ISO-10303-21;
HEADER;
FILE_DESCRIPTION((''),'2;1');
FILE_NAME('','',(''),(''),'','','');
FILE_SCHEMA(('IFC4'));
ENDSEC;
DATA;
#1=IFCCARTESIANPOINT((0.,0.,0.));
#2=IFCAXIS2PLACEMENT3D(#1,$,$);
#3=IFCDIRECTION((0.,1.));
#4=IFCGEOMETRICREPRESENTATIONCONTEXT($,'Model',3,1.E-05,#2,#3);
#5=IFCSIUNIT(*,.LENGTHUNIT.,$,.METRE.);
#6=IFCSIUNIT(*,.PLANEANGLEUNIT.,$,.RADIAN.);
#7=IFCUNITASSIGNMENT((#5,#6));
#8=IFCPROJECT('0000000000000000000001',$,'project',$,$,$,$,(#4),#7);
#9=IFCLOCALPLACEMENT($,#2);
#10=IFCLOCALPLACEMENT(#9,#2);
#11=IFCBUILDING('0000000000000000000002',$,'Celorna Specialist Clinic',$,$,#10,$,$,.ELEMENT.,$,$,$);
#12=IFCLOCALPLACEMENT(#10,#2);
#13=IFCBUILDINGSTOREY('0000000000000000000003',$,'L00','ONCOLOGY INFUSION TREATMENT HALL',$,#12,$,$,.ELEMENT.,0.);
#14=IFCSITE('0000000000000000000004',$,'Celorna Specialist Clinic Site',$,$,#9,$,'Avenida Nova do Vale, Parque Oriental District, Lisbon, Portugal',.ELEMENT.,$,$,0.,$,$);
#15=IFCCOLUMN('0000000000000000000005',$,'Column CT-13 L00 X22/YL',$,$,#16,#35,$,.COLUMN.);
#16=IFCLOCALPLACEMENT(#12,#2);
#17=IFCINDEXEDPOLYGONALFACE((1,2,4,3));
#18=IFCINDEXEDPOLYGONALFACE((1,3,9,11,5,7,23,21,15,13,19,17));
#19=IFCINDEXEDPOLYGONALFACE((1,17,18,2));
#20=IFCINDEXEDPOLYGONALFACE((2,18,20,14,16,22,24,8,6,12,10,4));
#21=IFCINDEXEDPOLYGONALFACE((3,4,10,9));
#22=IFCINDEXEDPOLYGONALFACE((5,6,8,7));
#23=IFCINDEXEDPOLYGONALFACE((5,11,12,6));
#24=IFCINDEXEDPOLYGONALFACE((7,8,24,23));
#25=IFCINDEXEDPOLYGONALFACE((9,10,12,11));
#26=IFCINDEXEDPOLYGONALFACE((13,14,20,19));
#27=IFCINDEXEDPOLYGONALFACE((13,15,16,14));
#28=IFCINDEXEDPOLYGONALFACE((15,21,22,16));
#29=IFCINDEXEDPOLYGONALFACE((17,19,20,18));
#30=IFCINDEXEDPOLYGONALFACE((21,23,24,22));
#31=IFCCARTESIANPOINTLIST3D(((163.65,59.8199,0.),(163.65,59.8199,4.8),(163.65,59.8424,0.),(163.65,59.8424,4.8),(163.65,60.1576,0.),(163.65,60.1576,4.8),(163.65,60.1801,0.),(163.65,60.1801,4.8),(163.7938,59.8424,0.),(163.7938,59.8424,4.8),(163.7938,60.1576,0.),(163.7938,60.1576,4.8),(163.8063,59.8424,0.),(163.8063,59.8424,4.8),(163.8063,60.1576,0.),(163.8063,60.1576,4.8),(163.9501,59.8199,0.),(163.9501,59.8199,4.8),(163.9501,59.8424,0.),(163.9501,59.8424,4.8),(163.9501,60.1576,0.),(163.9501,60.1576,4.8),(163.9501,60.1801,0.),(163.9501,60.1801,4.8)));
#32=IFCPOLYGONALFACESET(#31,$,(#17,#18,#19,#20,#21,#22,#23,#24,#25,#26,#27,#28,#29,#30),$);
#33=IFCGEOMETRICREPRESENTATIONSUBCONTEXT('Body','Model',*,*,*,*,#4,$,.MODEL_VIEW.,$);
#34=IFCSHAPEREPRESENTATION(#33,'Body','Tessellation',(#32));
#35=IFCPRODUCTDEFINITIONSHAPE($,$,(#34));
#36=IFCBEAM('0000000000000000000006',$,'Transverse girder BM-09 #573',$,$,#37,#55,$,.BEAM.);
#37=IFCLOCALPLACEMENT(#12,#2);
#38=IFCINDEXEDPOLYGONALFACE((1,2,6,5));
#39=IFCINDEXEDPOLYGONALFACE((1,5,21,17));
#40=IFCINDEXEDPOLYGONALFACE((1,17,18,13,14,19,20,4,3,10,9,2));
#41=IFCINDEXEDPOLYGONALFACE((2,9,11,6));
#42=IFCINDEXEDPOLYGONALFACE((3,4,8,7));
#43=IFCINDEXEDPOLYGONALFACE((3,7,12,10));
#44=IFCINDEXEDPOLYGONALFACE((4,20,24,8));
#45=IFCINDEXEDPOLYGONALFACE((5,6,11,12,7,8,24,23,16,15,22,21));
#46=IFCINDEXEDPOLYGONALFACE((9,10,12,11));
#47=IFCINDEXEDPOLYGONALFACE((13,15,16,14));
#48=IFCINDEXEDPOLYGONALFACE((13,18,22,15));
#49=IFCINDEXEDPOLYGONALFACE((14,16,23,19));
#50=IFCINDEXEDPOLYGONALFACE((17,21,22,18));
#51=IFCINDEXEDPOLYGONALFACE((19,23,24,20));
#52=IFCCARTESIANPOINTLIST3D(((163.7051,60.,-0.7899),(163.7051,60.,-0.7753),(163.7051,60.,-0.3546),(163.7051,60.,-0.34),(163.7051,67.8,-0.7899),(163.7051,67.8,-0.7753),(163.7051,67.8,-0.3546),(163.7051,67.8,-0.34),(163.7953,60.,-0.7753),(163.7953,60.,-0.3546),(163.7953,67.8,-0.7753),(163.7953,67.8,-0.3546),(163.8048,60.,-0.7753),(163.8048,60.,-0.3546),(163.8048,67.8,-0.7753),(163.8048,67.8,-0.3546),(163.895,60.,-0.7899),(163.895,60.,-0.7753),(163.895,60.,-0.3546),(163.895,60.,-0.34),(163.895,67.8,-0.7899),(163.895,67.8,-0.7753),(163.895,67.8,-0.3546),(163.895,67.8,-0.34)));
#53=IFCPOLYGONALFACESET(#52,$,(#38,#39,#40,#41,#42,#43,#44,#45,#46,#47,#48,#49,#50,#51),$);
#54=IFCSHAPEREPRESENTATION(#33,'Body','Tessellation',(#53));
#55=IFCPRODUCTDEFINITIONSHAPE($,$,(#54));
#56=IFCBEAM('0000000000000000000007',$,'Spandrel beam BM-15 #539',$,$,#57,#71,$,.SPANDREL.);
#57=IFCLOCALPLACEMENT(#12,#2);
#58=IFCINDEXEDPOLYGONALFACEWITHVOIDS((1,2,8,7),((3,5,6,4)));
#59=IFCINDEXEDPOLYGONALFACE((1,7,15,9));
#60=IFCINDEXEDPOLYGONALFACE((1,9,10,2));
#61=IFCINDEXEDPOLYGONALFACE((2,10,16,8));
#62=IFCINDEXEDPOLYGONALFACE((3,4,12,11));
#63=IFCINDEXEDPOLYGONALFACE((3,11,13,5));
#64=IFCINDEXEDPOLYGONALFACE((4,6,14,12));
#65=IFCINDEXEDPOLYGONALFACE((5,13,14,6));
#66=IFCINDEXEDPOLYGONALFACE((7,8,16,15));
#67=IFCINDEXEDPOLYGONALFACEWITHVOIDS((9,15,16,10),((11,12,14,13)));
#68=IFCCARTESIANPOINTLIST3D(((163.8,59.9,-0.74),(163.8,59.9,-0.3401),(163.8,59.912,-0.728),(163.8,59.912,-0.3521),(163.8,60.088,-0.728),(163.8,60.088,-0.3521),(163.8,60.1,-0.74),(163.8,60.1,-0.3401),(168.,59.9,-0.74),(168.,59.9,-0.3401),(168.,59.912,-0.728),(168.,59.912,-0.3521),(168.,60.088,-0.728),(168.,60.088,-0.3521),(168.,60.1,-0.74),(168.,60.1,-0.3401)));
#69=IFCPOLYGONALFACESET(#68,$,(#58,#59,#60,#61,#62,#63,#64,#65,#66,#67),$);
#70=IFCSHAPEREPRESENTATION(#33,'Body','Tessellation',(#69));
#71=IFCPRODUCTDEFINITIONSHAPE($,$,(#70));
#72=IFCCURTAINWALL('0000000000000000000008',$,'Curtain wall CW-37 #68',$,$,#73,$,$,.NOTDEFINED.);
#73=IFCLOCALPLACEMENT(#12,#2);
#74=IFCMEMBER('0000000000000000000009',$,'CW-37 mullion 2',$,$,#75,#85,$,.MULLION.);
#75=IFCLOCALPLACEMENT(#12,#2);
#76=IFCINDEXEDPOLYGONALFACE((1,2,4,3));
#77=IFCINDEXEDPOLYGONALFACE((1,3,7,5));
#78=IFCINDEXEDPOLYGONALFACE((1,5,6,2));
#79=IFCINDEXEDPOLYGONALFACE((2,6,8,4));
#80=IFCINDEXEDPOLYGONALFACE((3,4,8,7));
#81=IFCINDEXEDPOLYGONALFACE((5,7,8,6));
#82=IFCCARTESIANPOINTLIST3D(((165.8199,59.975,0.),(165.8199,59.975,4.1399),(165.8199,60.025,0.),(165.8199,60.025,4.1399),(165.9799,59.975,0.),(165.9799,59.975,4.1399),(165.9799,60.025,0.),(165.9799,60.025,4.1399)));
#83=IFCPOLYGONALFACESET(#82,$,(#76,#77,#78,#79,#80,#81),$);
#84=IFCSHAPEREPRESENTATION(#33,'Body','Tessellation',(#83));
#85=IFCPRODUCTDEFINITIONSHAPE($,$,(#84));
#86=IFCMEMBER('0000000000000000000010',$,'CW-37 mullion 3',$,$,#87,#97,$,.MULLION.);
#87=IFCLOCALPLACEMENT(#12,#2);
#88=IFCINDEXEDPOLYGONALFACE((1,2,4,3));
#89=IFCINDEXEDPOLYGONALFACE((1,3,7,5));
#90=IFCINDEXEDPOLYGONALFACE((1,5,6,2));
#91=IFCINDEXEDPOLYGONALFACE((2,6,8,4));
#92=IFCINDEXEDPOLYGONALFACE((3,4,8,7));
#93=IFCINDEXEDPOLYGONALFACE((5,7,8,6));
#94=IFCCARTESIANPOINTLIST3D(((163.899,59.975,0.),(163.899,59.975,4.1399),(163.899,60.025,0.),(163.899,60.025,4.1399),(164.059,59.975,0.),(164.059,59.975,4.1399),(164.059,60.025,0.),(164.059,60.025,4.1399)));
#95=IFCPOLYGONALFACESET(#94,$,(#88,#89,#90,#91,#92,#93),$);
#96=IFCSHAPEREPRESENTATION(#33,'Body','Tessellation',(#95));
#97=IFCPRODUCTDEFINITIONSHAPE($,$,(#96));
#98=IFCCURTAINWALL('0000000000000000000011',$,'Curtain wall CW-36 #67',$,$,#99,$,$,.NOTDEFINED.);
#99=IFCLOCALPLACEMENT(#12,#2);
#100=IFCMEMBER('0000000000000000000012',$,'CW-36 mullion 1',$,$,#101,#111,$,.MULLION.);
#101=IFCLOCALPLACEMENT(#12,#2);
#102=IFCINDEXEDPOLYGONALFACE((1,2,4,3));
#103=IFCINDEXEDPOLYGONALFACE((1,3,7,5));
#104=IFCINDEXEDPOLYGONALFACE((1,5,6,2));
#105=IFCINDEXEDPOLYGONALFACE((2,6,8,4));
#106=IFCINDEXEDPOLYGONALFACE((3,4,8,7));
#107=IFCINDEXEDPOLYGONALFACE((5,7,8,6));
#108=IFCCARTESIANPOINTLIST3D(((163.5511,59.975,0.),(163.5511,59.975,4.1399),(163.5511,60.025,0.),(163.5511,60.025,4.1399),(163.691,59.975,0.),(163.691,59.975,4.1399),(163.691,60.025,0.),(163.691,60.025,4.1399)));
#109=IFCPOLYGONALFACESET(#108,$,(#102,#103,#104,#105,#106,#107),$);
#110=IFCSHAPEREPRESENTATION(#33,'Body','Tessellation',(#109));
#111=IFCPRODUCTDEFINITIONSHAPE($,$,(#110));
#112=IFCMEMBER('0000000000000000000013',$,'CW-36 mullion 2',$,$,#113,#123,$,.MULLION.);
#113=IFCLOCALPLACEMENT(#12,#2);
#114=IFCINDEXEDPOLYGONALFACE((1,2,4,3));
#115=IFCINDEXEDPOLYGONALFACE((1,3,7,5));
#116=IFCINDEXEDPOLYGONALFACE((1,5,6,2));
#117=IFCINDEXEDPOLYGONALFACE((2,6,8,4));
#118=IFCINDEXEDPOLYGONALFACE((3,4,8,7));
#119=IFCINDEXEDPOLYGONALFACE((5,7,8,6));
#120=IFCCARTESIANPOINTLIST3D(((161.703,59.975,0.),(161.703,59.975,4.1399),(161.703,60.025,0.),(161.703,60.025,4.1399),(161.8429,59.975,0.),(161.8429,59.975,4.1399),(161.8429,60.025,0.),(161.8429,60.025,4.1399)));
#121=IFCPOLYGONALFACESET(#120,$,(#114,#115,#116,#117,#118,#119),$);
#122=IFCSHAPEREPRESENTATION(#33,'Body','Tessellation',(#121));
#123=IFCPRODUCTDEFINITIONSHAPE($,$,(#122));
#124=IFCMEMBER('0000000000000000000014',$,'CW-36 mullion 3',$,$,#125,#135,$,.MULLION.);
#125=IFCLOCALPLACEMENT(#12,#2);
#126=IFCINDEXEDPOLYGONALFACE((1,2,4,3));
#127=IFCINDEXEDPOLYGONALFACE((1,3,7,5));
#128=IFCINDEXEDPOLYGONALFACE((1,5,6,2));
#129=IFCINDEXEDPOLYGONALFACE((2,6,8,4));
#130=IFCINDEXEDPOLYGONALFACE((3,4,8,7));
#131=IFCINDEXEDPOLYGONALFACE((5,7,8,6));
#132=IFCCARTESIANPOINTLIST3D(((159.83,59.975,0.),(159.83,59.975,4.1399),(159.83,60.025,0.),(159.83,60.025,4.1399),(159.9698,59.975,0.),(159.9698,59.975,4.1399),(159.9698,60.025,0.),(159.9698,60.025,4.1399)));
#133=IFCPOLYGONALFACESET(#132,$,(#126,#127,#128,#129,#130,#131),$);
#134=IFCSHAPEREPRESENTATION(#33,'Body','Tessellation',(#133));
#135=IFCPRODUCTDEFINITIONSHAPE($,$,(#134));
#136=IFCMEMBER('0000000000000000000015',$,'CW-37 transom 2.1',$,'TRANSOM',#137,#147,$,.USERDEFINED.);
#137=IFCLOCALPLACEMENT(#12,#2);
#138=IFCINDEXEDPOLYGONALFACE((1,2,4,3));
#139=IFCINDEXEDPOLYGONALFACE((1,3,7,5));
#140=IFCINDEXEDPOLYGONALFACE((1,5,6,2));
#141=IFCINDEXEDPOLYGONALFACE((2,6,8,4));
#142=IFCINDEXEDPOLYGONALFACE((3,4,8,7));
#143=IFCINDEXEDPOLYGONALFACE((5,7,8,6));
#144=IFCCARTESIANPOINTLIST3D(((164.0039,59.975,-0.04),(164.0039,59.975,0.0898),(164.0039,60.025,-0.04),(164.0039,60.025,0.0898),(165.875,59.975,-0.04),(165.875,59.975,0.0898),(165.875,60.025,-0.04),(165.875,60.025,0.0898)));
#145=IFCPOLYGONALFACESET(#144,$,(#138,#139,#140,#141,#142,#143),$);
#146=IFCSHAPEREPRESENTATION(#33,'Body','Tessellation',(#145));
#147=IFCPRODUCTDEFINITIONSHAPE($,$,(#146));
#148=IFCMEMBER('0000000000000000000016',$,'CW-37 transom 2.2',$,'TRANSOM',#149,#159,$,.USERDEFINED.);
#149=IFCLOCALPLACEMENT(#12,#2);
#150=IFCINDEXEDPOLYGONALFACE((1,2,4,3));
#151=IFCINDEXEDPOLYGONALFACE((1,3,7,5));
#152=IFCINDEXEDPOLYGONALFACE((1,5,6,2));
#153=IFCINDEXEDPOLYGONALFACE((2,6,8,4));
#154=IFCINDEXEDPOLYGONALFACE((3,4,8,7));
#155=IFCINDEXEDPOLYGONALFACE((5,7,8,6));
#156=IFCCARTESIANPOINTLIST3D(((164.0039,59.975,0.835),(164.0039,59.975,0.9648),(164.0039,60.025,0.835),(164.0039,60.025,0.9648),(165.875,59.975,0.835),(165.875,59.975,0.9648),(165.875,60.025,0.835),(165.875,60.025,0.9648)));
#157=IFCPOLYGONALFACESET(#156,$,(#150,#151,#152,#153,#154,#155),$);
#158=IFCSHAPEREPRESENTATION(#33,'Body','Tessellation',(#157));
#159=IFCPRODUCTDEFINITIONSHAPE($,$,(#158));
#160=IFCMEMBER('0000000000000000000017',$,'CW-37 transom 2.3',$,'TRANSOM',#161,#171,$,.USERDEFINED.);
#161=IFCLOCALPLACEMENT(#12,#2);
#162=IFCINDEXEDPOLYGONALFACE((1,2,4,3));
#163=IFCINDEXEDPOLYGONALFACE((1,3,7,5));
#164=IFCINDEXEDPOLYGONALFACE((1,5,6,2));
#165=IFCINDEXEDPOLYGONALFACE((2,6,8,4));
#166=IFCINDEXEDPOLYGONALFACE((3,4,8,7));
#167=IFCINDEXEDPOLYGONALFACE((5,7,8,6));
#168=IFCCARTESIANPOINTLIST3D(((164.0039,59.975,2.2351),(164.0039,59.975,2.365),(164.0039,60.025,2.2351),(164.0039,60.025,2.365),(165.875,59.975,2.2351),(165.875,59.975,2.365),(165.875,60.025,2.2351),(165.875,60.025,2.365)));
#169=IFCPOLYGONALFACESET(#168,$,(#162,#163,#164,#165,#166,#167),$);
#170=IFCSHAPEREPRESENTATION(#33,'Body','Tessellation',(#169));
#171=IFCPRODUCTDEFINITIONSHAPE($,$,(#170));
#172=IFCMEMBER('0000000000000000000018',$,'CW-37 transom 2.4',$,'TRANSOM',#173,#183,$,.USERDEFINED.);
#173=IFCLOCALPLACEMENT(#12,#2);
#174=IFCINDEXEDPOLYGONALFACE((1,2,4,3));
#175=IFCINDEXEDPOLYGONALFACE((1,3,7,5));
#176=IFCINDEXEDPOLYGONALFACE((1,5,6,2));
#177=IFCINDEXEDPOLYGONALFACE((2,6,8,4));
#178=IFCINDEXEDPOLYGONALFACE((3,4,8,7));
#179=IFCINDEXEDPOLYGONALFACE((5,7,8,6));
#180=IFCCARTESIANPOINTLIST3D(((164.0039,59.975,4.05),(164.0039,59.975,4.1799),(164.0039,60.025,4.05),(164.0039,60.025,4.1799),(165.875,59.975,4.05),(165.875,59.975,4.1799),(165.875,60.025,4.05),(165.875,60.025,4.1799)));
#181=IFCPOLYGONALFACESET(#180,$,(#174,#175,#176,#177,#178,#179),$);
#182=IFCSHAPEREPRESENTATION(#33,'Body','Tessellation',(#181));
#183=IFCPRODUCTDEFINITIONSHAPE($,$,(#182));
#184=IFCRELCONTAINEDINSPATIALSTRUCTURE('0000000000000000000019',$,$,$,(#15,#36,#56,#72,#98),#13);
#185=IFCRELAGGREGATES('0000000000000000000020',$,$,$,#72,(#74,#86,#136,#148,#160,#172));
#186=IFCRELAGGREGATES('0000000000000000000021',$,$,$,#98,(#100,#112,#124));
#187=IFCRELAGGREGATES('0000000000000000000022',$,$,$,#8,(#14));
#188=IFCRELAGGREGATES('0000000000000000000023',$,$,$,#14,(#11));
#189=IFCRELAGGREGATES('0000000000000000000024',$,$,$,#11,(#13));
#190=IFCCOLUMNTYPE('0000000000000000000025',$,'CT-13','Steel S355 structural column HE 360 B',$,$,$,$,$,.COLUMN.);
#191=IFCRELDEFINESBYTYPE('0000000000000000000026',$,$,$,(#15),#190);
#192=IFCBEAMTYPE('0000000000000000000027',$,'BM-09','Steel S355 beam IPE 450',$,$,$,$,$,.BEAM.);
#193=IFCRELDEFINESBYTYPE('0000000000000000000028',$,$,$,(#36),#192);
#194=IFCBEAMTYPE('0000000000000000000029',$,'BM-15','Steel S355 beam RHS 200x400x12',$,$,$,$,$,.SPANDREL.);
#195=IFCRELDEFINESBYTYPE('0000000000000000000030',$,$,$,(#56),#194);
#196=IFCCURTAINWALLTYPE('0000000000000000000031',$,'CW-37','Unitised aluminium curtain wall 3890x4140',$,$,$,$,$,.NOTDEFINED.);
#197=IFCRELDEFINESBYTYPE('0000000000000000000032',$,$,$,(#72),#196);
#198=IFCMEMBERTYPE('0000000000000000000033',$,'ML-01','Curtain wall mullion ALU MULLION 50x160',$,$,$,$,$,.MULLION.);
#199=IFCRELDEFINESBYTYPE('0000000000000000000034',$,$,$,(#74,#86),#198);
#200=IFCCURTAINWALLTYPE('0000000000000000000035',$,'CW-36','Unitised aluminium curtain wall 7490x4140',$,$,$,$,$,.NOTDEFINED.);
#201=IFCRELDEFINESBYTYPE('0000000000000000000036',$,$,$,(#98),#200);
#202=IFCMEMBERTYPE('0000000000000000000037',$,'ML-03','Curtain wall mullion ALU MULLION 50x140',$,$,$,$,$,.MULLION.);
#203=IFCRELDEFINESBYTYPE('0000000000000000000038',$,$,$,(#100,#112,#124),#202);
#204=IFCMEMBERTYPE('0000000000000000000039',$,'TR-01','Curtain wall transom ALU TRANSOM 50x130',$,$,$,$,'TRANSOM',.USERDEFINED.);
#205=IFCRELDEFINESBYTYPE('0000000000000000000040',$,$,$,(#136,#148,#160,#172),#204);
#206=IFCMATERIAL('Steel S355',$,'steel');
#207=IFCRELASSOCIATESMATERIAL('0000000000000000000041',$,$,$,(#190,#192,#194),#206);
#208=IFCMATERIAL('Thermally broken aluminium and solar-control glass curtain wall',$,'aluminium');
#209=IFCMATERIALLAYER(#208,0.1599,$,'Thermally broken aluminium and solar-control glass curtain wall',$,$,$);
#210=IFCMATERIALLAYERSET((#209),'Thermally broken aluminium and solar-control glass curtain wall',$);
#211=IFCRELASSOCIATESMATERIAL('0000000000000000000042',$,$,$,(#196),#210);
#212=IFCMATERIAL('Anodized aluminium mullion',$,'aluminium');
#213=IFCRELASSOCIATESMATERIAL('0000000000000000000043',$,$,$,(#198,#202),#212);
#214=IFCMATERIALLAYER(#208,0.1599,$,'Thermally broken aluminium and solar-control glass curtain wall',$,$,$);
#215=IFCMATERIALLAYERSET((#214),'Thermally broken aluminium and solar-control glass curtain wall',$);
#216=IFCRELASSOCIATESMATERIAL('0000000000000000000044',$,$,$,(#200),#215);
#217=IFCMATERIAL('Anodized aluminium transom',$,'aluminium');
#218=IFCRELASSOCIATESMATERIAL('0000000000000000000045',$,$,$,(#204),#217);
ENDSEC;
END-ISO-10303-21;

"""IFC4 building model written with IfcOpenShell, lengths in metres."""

from ifc_helpers import new_model, si_unit, direction, frame, origin, origin_2d, place, context, subcontext, project, spatial, rectangle, hollow_rectangle, i_section, extrude, material, layer, layer_set, material_profile, profile_set, type_object, element, aggregate, save


model = new_model("IFC4")

# Units and contexts
model_context = context("Model", 3, precision=1e-05, world=origin(), true_north=direction((0.0, 1.0)))
body_context = subcontext(model_context, "Body", "Model", "MODEL_VIEW")
ifc_project = project(units=[si_unit("LENGTHUNIT", "METRE"), si_unit("PLANEANGLEUNIT", "RADIAN")], contexts=[model_context])

# Site, building, storey
site_placement = place(None, origin())
site = spatial("IfcSite", under=ifc_project, at=site_placement, Name="Celorna Specialist Clinic Site", LongName="Avenida Nova do Vale, Parque Oriental District, Lisbon, Portugal", CompositionType="ELEMENT", RefElevation=0.0)
building_placement = place(site_placement, origin())
building = spatial("IfcBuilding", under=site, at=building_placement, Name="Celorna Specialist Clinic", CompositionType="ELEMENT")
storey_placement = place(building_placement, origin())
storey = spatial("IfcBuildingStorey", under=building, at=storey_placement, Name="L00", Description="ONCOLOGY INFUSION TREATMENT HALL", CompositionType="ELEMENT", Elevation=0.0)

# Column
ifc_material_1 = material(Name="Steel S355", Category="steel")
ifc_material_profile_1 = material_profile(ifc_material_1, i_section(OverallWidth=0.3, OverallDepth=0.3601, WebThickness=0.0125, FlangeThickness=0.0225, at=origin_2d()), Name="HE 360 B")
ifc_profile_set_1 = profile_set([ifc_material_profile_1], Name="Steel S355")
column_type = type_object("IfcColumnType", Name="CT-13", Description="Steel S355 structural column HE 360 B", PredefinedType="COLUMN", material=ifc_profile_set_1)
column_placement = place(storey_placement, frame((163.8, 60.0, 0.0), z_axis=(0.0, 0.0, 1.0), x_axis=(1.0, 0.0, 0.0)))
element("IfcColumn", 1, at=column_placement, inside=storey, type_object=column_type, Name="Column CT-13 L00 X22/YL", PredefinedType="COLUMN", context=body_context, shape_type="SweptSolid", body=[
    extrude(i_section(OverallWidth=0.3, OverallDepth=0.3601, WebThickness=0.0125, FlangeThickness=0.0225, at=origin_2d()), origin(), (0.0, 0.0, 1.0), 4.8),
])

# Beams
ifc_material_profile_2 = material_profile(ifc_material_1, i_section(OverallWidth=0.1899, OverallDepth=0.45, WebThickness=0.0095, FlangeThickness=0.0146, at=origin_2d()), Name="IPE 450")
ifc_profile_set_2 = profile_set([ifc_material_profile_2], Name="Steel S355")
beam_type_1 = type_object("IfcBeamType", Name="BM-09", Description="Steel S355 beam IPE 450", PredefinedType="BEAM", material=ifc_profile_set_2)
beam_1_placement = place(storey_placement, frame((163.8, 60.0, -0.5649), z_axis=(0.0, 1.0, 0.0), x_axis=(-1.0, 0.0, 0.0)))
element("IfcBeam", 2, at=beam_1_placement, inside=storey, type_object=beam_type_1, Name="Transverse girder BM-09 #573", PredefinedType="BEAM", context=body_context, shape_type="SweptSolid", body=[
    extrude(i_section(OverallWidth=0.1899, OverallDepth=0.45, WebThickness=0.0095, FlangeThickness=0.0146, at=origin_2d()), origin(), (0.0, 0.0, 1.0), 7.8),
])
ifc_material_profile_3 = material_profile(ifc_material_1, hollow_rectangle(XDim=0.2, YDim=0.3999, WallThickness=0.012, at=origin_2d()), Name="RHS 200x400x12")
ifc_profile_set_3 = profile_set([ifc_material_profile_3], Name="Steel S355")
beam_type_2 = type_object("IfcBeamType", Name="BM-15", Description="Steel S355 beam RHS 200x400x12", PredefinedType="SPANDREL", material=ifc_profile_set_3)
beam_2_placement = place(storey_placement, frame((163.8, 60.0, -0.54), z_axis=(1.0, 0.0, 0.0), x_axis=(0.0, 1.0, 0.0)))
element("IfcBeam", 3, at=beam_2_placement, inside=storey, type_object=beam_type_2, Name="Spandrel beam BM-15 #539", PredefinedType="SPANDREL", context=body_context, shape_type="SweptSolid", body=[
    extrude(hollow_rectangle(XDim=0.2, YDim=0.3999, WallThickness=0.012, at=origin_2d()), origin(), (0.0, 0.0, 1.0), 4.2),
])

# Curtain walls, members
ifc_material_2 = material(Name="Thermally broken aluminium and solar-control glass curtain wall", Category="aluminium")
ifc_layer_1 = layer(ifc_material_2, 0.1599, Name="Thermally broken aluminium and solar-control glass curtain wall")
ifc_layer_set_1 = layer_set([ifc_layer_1], Name="Thermally broken aluminium and solar-control glass curtain wall")
curtain_wall_type_1 = type_object("IfcCurtainWallType", Name="CW-37", Description="Unitised aluminium curtain wall 3890x4140", PredefinedType="NOTDEFINED", material=ifc_layer_set_1)
curtain_wall_1_placement = place(storey_placement, origin())
curtain_wall_1 = element("IfcCurtainWall", 4, at=curtain_wall_1_placement, inside=storey, type_object=curtain_wall_type_1, Name="Curtain wall CW-37 #68", PredefinedType="NOTDEFINED")
ifc_material_3 = material(Name="Anodized aluminium mullion", Category="aluminium")
ifc_material_profile_4 = material_profile(ifc_material_3, rectangle(XDim=0.05, YDim=0.1599, at=origin_2d()), Name="ALU MULLION 50x160")
ifc_profile_set_4 = profile_set([ifc_material_profile_4], Name="Anodized aluminium mullion")
member_type_1 = type_object("IfcMemberType", Name="ML-01", Description="Curtain wall mullion ALU MULLION 50x160", PredefinedType="MULLION", material=ifc_profile_set_4)
member_1_placement = place(storey_placement, frame((165.8999, 60.0, 0.0), z_axis=(0.0, 0.0, 1.0), x_axis=(0.0, -1.0, 0.0)))
member_1 = element("IfcMember", 5, at=member_1_placement, type_object=member_type_1, Name="CW-37 mullion 2", PredefinedType="MULLION", context=body_context, shape_type="SweptSolid", body=[
    extrude(rectangle(XDim=0.05, YDim=0.1599, at=origin_2d()), origin(), (0.0, 0.0, 1.0), 4.1399),
])
member_2_placement = place(storey_placement, frame((163.979, 60.0, 0.0), z_axis=(0.0, 0.0, 1.0), x_axis=(0.0, -1.0, 0.0)))
member_2 = element("IfcMember", 6, at=member_2_placement, type_object=member_type_1, Name="CW-37 mullion 3", PredefinedType="MULLION", context=body_context, shape_type="SweptSolid", body=[
    extrude(rectangle(XDim=0.05, YDim=0.1599, at=origin_2d()), origin(), (0.0, 0.0, 1.0), 4.1399),
])
ifc_layer_2 = layer(ifc_material_2, 0.1599, Name="Thermally broken aluminium and solar-control glass curtain wall")
ifc_layer_set_2 = layer_set([ifc_layer_2], Name="Thermally broken aluminium and solar-control glass curtain wall")
curtain_wall_type_2 = type_object("IfcCurtainWallType", Name="CW-36", Description="Unitised aluminium curtain wall 7490x4140", PredefinedType="NOTDEFINED", material=ifc_layer_set_2)
curtain_wall_2_placement = place(storey_placement, origin())
curtain_wall_2 = element("IfcCurtainWall", 7, at=curtain_wall_2_placement, inside=storey, type_object=curtain_wall_type_2, Name="Curtain wall CW-36 #67", PredefinedType="NOTDEFINED")
ifc_material_profile_5 = material_profile(ifc_material_3, rectangle(XDim=0.05, YDim=0.1399, at=origin_2d()), Name="ALU MULLION 50x140")
ifc_profile_set_5 = profile_set([ifc_material_profile_5], Name="Anodized aluminium mullion")
member_type_2 = type_object("IfcMemberType", Name="ML-03", Description="Curtain wall mullion ALU MULLION 50x140", PredefinedType="MULLION", material=ifc_profile_set_5)
member_3_placement = place(storey_placement, frame((163.6211, 60.0, 0.0), z_axis=(0.0, 0.0, 1.0), x_axis=(0.0, -1.0, 0.0)))
member_3 = element("IfcMember", 8, at=member_3_placement, type_object=member_type_2, Name="CW-36 mullion 1", PredefinedType="MULLION", context=body_context, shape_type="SweptSolid", body=[
    extrude(rectangle(XDim=0.05, YDim=0.1399, at=origin_2d()), origin(), (0.0, 0.0, 1.0), 4.1399),
])
member_4_placement = place(storey_placement, frame((161.7729, 60.0, 0.0), z_axis=(0.0, 0.0, 1.0), x_axis=(0.0, -1.0, 0.0)))
member_4 = element("IfcMember", 9, at=member_4_placement, type_object=member_type_2, Name="CW-36 mullion 2", PredefinedType="MULLION", context=body_context, shape_type="SweptSolid", body=[
    extrude(rectangle(XDim=0.05, YDim=0.1399, at=origin_2d()), origin(), (0.0, 0.0, 1.0), 4.1399),
])
member_5_placement = place(storey_placement, frame((159.8999, 60.0, 0.0), z_axis=(0.0, 0.0, 1.0), x_axis=(0.0, -1.0, 0.0)))
member_5 = element("IfcMember", 10, at=member_5_placement, type_object=member_type_2, Name="CW-36 mullion 3", PredefinedType="MULLION", context=body_context, shape_type="SweptSolid", body=[
    extrude(rectangle(XDim=0.05, YDim=0.1399, at=origin_2d()), origin(), (0.0, 0.0, 1.0), 4.1399),
])

# Members
ifc_material_4 = material(Name="Anodized aluminium transom", Category="aluminium")
ifc_material_profile_6 = material_profile(ifc_material_4, rectangle(XDim=0.05, YDim=0.1299, at=origin_2d()), Name="ALU TRANSOM 50x130")
ifc_profile_set_6 = profile_set([ifc_material_profile_6], Name="Anodized aluminium transom")
member_type_3 = type_object("IfcMemberType", Name="TR-01", Description="Curtain wall transom ALU TRANSOM 50x130", ElementType="TRANSOM", PredefinedType="USERDEFINED", material=ifc_profile_set_6)
member_6_placement = place(storey_placement, frame((165.875, 60.0, 0.0249), z_axis=(-1.0, 0.0, 0.0), x_axis=(0.0, -1.0, 0.0)))
member_6 = element("IfcMember", 11, at=member_6_placement, type_object=member_type_3, Name="CW-37 transom 2.1", ObjectType="TRANSOM", PredefinedType="USERDEFINED", context=body_context, shape_type="SweptSolid", body=[
    extrude(rectangle(XDim=0.05, YDim=0.1299, at=origin_2d()), origin(), (0.0, 0.0, 1.0), 1.8711),
])
member_7_placement = place(storey_placement, frame((165.875, 60.0, 0.8999), z_axis=(-1.0, 0.0, 0.0), x_axis=(0.0, -1.0, 0.0)))
member_7 = element("IfcMember", 12, at=member_7_placement, type_object=member_type_3, Name="CW-37 transom 2.2", ObjectType="TRANSOM", PredefinedType="USERDEFINED", context=body_context, shape_type="SweptSolid", body=[
    extrude(rectangle(XDim=0.05, YDim=0.1299, at=origin_2d()), origin(), (0.0, 0.0, 1.0), 1.8711),
])
member_8_placement = place(storey_placement, frame((165.875, 60.0, 2.3), z_axis=(-1.0, 0.0, 0.0), x_axis=(0.0, -1.0, 0.0)))
member_8 = element("IfcMember", 13, at=member_8_placement, type_object=member_type_3, Name="CW-37 transom 2.3", ObjectType="TRANSOM", PredefinedType="USERDEFINED", context=body_context, shape_type="SweptSolid", body=[
    extrude(rectangle(XDim=0.05, YDim=0.1299, at=origin_2d()), origin(), (0.0, 0.0, 1.0), 1.8711),
])
member_9_placement = place(storey_placement, frame((165.875, 60.0, 4.115), z_axis=(-1.0, 0.0, 0.0), x_axis=(0.0, -1.0, 0.0)))
member_9 = element("IfcMember", 14, at=member_9_placement, type_object=member_type_3, Name="CW-37 transom 2.4", ObjectType="TRANSOM", PredefinedType="USERDEFINED", context=body_context, shape_type="SweptSolid", body=[
    extrude(rectangle(XDim=0.05, YDim=0.1299, at=origin_2d()), origin(), (0.0, 0.0, 1.0), 1.8711),
])

aggregate(curtain_wall_1, [member_1, member_2, member_6, member_7, member_8, member_9])
aggregate(curtain_wall_2, [member_3, member_4, member_5])

save(model, "model.ifc")
